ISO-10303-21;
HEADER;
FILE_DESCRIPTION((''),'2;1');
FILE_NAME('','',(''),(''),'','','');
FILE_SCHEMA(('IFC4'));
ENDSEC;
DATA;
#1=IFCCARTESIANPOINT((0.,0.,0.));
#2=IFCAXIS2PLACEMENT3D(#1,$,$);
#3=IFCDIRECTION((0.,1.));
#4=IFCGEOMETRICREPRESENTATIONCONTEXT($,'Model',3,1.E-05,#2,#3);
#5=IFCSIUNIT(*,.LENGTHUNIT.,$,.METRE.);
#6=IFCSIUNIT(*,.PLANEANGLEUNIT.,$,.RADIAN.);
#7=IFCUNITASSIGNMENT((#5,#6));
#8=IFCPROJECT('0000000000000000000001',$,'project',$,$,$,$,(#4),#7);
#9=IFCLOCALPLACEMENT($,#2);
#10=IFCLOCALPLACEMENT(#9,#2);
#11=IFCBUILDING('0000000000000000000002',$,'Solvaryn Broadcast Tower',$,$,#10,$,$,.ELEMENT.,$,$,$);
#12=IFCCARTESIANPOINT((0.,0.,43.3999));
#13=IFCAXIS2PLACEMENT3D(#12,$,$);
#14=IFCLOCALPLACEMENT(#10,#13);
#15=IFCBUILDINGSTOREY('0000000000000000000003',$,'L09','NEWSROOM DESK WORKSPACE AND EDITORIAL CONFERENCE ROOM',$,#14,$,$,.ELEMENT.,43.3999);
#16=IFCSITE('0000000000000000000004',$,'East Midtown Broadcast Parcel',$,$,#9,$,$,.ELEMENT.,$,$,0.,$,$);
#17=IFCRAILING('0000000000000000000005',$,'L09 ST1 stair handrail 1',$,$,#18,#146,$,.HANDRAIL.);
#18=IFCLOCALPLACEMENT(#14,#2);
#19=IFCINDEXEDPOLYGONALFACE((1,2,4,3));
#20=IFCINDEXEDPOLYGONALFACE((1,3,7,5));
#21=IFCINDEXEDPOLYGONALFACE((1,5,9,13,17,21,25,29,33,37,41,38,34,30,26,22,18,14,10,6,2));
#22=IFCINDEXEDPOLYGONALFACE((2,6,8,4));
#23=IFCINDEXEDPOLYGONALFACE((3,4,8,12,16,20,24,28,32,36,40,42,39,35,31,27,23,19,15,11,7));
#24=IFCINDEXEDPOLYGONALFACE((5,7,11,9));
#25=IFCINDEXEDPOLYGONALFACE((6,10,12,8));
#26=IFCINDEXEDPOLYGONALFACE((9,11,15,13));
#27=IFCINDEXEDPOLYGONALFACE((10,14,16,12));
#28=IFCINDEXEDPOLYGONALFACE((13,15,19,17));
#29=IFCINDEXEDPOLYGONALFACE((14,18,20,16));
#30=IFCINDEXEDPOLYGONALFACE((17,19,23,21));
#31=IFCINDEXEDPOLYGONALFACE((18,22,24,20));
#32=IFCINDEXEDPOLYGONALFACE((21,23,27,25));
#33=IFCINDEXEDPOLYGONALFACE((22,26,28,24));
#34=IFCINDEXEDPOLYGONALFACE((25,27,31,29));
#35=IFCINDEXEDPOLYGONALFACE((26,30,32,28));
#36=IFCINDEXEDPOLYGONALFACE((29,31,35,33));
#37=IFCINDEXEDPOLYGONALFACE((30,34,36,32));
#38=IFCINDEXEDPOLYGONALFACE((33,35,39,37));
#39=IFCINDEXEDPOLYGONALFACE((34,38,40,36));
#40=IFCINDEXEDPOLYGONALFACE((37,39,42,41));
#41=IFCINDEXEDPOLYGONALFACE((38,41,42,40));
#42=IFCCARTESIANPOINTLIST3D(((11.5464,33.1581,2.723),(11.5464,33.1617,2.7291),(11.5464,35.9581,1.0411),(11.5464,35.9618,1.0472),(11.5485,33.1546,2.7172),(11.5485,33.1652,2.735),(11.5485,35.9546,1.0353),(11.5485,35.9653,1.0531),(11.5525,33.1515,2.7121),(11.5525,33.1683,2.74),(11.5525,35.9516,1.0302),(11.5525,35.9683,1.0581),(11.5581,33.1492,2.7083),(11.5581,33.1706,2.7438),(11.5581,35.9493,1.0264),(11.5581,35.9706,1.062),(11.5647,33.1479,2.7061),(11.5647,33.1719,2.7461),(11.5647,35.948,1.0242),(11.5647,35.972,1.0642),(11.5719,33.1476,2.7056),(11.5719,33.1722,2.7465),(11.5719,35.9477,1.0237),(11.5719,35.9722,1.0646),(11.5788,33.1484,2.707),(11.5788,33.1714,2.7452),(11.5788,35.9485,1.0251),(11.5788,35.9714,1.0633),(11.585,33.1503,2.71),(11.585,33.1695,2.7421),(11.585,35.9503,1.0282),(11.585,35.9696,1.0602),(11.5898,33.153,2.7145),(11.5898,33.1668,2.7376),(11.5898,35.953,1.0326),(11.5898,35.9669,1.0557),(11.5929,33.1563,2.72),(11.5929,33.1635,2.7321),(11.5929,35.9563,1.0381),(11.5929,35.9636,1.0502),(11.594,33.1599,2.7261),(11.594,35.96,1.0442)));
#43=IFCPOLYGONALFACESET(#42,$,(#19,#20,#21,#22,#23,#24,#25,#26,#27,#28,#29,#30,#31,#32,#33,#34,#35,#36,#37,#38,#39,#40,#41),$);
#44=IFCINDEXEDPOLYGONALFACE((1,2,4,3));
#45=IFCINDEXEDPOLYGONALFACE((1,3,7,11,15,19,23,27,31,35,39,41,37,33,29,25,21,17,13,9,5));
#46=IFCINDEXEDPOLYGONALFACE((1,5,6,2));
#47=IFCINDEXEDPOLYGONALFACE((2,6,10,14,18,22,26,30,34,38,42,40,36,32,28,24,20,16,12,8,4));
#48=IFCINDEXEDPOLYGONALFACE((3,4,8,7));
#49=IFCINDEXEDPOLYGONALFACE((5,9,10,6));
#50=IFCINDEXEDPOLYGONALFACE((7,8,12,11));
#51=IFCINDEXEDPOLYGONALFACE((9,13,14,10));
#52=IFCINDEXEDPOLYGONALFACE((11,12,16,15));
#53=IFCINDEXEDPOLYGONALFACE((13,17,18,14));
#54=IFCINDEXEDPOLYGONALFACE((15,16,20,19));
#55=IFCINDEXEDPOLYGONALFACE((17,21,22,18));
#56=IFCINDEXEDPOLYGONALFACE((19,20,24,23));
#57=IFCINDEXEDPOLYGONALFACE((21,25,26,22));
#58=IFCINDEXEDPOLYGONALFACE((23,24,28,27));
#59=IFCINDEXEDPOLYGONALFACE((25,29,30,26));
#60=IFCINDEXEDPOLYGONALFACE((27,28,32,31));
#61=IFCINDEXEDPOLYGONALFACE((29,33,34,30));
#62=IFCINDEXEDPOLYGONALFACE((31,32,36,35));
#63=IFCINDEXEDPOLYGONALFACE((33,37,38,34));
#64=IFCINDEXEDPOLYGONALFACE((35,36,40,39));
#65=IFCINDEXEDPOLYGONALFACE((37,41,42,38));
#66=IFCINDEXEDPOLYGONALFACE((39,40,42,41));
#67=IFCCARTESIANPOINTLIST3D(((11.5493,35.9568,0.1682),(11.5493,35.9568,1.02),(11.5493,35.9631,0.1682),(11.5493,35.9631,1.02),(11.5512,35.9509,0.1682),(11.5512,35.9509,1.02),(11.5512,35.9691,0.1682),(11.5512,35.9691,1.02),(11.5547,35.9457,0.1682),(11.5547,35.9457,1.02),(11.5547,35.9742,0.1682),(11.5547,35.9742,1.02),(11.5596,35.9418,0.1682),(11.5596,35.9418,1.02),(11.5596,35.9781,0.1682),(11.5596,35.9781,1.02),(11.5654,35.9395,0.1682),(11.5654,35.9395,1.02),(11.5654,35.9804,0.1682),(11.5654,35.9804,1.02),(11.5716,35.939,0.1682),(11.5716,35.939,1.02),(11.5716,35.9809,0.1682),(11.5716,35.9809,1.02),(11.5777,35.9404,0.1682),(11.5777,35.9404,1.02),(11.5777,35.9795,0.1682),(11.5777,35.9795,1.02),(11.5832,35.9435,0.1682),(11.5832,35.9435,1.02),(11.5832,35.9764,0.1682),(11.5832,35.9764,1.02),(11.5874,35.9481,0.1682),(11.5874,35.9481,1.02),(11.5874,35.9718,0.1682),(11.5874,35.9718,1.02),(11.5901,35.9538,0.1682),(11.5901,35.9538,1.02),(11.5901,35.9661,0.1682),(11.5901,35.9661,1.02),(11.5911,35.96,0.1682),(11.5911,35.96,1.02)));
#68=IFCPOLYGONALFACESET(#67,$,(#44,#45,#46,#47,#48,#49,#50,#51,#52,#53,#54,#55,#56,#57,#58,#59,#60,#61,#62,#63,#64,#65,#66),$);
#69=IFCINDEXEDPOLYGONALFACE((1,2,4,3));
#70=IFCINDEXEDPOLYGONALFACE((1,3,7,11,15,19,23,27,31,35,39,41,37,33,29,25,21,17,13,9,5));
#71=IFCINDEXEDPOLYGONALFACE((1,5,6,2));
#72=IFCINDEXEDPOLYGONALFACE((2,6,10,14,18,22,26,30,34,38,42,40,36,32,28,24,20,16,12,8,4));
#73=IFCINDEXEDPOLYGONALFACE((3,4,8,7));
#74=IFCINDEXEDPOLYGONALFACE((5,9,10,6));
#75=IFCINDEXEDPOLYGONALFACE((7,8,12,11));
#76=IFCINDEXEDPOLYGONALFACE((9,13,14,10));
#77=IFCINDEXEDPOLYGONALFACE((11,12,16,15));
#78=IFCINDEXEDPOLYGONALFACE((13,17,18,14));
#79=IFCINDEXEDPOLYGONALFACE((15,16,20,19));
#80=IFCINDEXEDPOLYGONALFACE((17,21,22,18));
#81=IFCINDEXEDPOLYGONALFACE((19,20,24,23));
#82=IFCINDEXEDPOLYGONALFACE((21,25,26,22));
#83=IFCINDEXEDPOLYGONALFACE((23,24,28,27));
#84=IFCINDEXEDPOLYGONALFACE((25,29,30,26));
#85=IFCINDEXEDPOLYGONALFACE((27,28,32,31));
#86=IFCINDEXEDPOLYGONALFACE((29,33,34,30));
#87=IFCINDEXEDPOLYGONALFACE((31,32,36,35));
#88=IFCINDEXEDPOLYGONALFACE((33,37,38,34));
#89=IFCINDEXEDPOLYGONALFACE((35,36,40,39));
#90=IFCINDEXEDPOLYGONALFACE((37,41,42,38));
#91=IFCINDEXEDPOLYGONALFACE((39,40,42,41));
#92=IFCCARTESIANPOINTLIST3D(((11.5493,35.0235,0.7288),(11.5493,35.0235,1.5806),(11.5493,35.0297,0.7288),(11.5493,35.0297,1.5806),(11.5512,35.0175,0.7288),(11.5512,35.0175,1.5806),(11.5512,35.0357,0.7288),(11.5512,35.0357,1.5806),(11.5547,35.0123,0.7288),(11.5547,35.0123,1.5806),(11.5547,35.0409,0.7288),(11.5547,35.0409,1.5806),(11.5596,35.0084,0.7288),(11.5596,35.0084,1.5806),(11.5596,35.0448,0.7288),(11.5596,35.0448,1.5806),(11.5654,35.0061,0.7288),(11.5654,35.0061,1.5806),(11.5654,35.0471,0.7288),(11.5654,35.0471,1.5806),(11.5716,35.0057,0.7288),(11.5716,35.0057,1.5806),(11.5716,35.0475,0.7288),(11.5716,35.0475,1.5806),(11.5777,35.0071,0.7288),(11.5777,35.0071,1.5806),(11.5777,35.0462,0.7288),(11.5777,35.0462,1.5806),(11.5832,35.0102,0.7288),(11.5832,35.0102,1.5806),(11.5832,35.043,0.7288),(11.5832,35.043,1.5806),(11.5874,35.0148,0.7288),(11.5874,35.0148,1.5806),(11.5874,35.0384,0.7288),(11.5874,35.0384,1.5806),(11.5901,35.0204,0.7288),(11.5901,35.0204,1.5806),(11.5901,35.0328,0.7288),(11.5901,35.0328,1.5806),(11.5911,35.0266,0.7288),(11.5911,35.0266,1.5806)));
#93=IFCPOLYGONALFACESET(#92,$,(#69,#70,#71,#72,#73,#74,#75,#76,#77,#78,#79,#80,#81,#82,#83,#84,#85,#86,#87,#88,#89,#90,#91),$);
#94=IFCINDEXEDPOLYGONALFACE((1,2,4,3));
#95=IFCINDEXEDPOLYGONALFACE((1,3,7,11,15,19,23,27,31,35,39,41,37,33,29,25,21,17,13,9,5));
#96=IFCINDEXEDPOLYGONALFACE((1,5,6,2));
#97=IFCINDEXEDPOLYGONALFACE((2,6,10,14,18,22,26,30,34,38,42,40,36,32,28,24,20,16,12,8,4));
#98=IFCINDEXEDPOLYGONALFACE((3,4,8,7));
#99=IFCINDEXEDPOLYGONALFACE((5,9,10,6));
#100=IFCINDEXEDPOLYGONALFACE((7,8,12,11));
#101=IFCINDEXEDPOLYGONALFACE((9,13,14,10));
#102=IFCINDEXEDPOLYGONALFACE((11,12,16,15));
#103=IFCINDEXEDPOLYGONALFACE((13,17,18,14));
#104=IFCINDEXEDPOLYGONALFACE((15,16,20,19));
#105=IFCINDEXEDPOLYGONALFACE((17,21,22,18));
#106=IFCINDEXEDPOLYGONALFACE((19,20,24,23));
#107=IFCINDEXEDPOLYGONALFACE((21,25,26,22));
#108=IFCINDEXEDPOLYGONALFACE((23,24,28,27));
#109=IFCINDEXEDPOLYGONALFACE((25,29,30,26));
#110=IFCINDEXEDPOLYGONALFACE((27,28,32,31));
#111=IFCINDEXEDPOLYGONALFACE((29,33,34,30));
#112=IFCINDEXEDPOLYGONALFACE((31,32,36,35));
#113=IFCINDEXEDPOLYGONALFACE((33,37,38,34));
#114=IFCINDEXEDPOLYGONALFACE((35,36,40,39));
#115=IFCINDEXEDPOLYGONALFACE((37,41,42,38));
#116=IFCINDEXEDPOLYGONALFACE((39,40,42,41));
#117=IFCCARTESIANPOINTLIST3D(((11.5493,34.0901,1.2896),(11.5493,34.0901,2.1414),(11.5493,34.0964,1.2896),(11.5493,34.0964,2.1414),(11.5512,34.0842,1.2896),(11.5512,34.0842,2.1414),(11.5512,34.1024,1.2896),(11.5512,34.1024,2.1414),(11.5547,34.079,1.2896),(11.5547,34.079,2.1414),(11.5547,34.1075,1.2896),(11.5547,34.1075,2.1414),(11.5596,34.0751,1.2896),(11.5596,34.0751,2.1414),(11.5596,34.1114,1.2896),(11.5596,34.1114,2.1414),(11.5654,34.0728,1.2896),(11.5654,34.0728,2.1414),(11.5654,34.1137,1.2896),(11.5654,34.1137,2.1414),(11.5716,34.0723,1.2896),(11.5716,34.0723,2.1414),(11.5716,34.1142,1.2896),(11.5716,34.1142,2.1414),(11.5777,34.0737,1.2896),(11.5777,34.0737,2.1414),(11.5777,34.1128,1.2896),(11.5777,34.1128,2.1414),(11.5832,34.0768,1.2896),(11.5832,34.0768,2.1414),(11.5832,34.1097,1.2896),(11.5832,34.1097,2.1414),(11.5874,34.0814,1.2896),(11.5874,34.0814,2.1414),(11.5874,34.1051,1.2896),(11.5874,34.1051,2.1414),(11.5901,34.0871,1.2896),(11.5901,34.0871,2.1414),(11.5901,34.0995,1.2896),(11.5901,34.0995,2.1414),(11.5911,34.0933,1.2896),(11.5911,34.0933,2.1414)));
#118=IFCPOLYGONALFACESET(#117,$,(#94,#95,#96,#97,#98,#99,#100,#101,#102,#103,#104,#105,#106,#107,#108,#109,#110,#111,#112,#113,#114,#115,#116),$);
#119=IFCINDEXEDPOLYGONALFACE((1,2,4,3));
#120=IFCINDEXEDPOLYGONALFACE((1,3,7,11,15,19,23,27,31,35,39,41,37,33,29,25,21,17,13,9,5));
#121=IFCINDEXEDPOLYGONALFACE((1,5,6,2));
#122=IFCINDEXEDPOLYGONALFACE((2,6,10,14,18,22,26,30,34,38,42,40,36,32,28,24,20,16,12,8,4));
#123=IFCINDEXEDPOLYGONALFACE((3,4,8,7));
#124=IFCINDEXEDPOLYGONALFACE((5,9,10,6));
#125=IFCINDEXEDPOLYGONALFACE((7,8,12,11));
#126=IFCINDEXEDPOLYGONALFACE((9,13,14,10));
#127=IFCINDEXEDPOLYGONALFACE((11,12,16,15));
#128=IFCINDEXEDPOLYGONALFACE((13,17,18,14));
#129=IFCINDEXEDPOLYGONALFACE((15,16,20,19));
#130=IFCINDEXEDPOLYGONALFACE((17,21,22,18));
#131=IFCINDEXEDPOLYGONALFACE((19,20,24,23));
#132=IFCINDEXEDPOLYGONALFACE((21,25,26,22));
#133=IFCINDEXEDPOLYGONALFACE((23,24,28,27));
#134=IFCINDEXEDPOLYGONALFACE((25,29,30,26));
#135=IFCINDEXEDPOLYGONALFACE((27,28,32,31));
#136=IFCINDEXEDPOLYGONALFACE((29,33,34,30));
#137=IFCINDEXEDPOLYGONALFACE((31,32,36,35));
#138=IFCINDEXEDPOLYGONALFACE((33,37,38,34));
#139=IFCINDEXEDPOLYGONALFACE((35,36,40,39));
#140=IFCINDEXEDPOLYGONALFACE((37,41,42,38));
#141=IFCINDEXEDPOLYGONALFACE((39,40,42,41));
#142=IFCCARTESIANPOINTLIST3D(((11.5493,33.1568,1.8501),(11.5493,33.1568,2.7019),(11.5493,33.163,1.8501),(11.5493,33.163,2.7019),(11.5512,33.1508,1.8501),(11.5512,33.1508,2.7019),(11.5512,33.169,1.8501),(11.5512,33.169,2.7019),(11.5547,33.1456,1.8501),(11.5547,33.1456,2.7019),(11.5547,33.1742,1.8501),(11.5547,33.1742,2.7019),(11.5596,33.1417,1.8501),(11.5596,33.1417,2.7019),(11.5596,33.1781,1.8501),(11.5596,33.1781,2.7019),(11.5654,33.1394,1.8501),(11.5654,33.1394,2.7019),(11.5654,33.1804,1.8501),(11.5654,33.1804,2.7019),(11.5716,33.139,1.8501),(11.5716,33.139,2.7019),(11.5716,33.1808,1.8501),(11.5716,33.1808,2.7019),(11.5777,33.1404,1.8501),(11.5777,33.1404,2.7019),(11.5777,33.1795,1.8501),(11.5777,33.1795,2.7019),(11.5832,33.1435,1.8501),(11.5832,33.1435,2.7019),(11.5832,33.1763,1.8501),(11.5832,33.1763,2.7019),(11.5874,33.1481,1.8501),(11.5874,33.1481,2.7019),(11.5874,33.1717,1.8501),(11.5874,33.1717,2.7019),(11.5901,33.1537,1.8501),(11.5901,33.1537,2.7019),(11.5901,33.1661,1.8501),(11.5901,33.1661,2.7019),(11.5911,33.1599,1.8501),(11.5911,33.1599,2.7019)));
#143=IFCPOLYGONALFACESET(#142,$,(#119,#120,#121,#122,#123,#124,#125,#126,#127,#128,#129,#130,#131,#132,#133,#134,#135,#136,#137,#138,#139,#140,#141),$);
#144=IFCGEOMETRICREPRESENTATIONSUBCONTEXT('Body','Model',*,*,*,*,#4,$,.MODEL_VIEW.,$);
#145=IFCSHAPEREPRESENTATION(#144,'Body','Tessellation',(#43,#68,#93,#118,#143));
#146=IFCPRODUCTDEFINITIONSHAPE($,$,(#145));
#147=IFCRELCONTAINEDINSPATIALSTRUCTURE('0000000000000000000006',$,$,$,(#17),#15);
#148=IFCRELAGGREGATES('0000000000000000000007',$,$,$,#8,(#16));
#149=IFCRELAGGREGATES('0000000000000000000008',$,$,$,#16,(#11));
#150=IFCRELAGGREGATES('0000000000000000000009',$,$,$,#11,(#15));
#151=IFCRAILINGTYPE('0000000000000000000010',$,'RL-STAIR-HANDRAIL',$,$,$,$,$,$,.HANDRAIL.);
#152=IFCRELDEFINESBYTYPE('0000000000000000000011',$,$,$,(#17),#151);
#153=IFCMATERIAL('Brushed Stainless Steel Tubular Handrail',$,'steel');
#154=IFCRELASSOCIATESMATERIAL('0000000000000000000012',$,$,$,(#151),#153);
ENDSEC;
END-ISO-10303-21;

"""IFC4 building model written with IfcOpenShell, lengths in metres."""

from ifc_helpers import new_model, si_unit, direction, frame, origin, origin_2d, place, context, subcontext, project, spatial, circle, extrude, material, type_object, element, save


model = new_model("IFC4")

# Units and contexts
model_context = context("Model", 3, precision=1e-05, world=origin(), true_north=direction((0.0, 1.0)))
body_context = subcontext(model_context, "Body", "Model", "MODEL_VIEW")
ifc_project = project(units=[si_unit("LENGTHUNIT", "METRE"), si_unit("PLANEANGLEUNIT", "RADIAN")], contexts=[model_context])

# Site, building, storey
site_placement = place(None, origin())
site = spatial("IfcSite", under=ifc_project, at=site_placement, Name="East Midtown Broadcast Parcel", CompositionType="ELEMENT", RefElevation=0.0)
building_placement = place(site_placement, origin())
building = spatial("IfcBuilding", under=site, at=building_placement, Name="Solvaryn Broadcast Tower", CompositionType="ELEMENT")
storey_placement = place(building_placement, frame((0.0, 0.0, 43.3999)))
storey = spatial("IfcBuildingStorey", under=building, at=storey_placement, Name="L09", Description="NEWSROOM DESK WORKSPACE AND EDITORIAL CONFERENCE ROOM", CompositionType="ELEMENT", Elevation=43.3999)

# Railing
ifc_material_1 = material(Name="Brushed Stainless Steel Tubular Handrail", Category="steel")
railing_type_1 = type_object("IfcRailingType", Name="RL-STAIR-HANDRAIL", PredefinedType="HANDRAIL", material=ifc_material_1)
railing_1_placement = place(storey_placement, frame((11.5701, 35.96, 0.1682)))
element("IfcRailing", 1, at=railing_1_placement, inside=storey, type_object=railing_type_1, Name="L09 ST1 stair handrail 1", PredefinedType="HANDRAIL", context=body_context, shape_type="SweptSolid", body=[
    extrude(circle(Radius=0.0239, at=origin_2d()), frame((0.0, 0.0, 0.876), z_axis=(0.0, -0.857242, 0.514913), x_axis=(1.0, 0.0, 0.0)), (0.0, 0.0, 1.0), 3.2664),
    extrude(circle(Radius=0.021, at=origin_2d()), origin(), (0.0, 0.0, 1.0), 0.8518),
    extrude(circle(Radius=0.021, at=origin_2d()), frame((0.0, -0.9333, 0.5605)), (0.0, 0.0, 1.0), 0.8518),
    extrude(circle(Radius=0.021, at=origin_2d()), frame((0.0, -1.8667, 1.1213)), (0.0, 0.0, 1.0), 0.8518),
    extrude(circle(Radius=0.021, at=origin_2d()), frame((0.0, -2.8, 1.6819)), (0.0, 0.0, 1.0), 0.8518),
])

save(model, "model.ifc")
